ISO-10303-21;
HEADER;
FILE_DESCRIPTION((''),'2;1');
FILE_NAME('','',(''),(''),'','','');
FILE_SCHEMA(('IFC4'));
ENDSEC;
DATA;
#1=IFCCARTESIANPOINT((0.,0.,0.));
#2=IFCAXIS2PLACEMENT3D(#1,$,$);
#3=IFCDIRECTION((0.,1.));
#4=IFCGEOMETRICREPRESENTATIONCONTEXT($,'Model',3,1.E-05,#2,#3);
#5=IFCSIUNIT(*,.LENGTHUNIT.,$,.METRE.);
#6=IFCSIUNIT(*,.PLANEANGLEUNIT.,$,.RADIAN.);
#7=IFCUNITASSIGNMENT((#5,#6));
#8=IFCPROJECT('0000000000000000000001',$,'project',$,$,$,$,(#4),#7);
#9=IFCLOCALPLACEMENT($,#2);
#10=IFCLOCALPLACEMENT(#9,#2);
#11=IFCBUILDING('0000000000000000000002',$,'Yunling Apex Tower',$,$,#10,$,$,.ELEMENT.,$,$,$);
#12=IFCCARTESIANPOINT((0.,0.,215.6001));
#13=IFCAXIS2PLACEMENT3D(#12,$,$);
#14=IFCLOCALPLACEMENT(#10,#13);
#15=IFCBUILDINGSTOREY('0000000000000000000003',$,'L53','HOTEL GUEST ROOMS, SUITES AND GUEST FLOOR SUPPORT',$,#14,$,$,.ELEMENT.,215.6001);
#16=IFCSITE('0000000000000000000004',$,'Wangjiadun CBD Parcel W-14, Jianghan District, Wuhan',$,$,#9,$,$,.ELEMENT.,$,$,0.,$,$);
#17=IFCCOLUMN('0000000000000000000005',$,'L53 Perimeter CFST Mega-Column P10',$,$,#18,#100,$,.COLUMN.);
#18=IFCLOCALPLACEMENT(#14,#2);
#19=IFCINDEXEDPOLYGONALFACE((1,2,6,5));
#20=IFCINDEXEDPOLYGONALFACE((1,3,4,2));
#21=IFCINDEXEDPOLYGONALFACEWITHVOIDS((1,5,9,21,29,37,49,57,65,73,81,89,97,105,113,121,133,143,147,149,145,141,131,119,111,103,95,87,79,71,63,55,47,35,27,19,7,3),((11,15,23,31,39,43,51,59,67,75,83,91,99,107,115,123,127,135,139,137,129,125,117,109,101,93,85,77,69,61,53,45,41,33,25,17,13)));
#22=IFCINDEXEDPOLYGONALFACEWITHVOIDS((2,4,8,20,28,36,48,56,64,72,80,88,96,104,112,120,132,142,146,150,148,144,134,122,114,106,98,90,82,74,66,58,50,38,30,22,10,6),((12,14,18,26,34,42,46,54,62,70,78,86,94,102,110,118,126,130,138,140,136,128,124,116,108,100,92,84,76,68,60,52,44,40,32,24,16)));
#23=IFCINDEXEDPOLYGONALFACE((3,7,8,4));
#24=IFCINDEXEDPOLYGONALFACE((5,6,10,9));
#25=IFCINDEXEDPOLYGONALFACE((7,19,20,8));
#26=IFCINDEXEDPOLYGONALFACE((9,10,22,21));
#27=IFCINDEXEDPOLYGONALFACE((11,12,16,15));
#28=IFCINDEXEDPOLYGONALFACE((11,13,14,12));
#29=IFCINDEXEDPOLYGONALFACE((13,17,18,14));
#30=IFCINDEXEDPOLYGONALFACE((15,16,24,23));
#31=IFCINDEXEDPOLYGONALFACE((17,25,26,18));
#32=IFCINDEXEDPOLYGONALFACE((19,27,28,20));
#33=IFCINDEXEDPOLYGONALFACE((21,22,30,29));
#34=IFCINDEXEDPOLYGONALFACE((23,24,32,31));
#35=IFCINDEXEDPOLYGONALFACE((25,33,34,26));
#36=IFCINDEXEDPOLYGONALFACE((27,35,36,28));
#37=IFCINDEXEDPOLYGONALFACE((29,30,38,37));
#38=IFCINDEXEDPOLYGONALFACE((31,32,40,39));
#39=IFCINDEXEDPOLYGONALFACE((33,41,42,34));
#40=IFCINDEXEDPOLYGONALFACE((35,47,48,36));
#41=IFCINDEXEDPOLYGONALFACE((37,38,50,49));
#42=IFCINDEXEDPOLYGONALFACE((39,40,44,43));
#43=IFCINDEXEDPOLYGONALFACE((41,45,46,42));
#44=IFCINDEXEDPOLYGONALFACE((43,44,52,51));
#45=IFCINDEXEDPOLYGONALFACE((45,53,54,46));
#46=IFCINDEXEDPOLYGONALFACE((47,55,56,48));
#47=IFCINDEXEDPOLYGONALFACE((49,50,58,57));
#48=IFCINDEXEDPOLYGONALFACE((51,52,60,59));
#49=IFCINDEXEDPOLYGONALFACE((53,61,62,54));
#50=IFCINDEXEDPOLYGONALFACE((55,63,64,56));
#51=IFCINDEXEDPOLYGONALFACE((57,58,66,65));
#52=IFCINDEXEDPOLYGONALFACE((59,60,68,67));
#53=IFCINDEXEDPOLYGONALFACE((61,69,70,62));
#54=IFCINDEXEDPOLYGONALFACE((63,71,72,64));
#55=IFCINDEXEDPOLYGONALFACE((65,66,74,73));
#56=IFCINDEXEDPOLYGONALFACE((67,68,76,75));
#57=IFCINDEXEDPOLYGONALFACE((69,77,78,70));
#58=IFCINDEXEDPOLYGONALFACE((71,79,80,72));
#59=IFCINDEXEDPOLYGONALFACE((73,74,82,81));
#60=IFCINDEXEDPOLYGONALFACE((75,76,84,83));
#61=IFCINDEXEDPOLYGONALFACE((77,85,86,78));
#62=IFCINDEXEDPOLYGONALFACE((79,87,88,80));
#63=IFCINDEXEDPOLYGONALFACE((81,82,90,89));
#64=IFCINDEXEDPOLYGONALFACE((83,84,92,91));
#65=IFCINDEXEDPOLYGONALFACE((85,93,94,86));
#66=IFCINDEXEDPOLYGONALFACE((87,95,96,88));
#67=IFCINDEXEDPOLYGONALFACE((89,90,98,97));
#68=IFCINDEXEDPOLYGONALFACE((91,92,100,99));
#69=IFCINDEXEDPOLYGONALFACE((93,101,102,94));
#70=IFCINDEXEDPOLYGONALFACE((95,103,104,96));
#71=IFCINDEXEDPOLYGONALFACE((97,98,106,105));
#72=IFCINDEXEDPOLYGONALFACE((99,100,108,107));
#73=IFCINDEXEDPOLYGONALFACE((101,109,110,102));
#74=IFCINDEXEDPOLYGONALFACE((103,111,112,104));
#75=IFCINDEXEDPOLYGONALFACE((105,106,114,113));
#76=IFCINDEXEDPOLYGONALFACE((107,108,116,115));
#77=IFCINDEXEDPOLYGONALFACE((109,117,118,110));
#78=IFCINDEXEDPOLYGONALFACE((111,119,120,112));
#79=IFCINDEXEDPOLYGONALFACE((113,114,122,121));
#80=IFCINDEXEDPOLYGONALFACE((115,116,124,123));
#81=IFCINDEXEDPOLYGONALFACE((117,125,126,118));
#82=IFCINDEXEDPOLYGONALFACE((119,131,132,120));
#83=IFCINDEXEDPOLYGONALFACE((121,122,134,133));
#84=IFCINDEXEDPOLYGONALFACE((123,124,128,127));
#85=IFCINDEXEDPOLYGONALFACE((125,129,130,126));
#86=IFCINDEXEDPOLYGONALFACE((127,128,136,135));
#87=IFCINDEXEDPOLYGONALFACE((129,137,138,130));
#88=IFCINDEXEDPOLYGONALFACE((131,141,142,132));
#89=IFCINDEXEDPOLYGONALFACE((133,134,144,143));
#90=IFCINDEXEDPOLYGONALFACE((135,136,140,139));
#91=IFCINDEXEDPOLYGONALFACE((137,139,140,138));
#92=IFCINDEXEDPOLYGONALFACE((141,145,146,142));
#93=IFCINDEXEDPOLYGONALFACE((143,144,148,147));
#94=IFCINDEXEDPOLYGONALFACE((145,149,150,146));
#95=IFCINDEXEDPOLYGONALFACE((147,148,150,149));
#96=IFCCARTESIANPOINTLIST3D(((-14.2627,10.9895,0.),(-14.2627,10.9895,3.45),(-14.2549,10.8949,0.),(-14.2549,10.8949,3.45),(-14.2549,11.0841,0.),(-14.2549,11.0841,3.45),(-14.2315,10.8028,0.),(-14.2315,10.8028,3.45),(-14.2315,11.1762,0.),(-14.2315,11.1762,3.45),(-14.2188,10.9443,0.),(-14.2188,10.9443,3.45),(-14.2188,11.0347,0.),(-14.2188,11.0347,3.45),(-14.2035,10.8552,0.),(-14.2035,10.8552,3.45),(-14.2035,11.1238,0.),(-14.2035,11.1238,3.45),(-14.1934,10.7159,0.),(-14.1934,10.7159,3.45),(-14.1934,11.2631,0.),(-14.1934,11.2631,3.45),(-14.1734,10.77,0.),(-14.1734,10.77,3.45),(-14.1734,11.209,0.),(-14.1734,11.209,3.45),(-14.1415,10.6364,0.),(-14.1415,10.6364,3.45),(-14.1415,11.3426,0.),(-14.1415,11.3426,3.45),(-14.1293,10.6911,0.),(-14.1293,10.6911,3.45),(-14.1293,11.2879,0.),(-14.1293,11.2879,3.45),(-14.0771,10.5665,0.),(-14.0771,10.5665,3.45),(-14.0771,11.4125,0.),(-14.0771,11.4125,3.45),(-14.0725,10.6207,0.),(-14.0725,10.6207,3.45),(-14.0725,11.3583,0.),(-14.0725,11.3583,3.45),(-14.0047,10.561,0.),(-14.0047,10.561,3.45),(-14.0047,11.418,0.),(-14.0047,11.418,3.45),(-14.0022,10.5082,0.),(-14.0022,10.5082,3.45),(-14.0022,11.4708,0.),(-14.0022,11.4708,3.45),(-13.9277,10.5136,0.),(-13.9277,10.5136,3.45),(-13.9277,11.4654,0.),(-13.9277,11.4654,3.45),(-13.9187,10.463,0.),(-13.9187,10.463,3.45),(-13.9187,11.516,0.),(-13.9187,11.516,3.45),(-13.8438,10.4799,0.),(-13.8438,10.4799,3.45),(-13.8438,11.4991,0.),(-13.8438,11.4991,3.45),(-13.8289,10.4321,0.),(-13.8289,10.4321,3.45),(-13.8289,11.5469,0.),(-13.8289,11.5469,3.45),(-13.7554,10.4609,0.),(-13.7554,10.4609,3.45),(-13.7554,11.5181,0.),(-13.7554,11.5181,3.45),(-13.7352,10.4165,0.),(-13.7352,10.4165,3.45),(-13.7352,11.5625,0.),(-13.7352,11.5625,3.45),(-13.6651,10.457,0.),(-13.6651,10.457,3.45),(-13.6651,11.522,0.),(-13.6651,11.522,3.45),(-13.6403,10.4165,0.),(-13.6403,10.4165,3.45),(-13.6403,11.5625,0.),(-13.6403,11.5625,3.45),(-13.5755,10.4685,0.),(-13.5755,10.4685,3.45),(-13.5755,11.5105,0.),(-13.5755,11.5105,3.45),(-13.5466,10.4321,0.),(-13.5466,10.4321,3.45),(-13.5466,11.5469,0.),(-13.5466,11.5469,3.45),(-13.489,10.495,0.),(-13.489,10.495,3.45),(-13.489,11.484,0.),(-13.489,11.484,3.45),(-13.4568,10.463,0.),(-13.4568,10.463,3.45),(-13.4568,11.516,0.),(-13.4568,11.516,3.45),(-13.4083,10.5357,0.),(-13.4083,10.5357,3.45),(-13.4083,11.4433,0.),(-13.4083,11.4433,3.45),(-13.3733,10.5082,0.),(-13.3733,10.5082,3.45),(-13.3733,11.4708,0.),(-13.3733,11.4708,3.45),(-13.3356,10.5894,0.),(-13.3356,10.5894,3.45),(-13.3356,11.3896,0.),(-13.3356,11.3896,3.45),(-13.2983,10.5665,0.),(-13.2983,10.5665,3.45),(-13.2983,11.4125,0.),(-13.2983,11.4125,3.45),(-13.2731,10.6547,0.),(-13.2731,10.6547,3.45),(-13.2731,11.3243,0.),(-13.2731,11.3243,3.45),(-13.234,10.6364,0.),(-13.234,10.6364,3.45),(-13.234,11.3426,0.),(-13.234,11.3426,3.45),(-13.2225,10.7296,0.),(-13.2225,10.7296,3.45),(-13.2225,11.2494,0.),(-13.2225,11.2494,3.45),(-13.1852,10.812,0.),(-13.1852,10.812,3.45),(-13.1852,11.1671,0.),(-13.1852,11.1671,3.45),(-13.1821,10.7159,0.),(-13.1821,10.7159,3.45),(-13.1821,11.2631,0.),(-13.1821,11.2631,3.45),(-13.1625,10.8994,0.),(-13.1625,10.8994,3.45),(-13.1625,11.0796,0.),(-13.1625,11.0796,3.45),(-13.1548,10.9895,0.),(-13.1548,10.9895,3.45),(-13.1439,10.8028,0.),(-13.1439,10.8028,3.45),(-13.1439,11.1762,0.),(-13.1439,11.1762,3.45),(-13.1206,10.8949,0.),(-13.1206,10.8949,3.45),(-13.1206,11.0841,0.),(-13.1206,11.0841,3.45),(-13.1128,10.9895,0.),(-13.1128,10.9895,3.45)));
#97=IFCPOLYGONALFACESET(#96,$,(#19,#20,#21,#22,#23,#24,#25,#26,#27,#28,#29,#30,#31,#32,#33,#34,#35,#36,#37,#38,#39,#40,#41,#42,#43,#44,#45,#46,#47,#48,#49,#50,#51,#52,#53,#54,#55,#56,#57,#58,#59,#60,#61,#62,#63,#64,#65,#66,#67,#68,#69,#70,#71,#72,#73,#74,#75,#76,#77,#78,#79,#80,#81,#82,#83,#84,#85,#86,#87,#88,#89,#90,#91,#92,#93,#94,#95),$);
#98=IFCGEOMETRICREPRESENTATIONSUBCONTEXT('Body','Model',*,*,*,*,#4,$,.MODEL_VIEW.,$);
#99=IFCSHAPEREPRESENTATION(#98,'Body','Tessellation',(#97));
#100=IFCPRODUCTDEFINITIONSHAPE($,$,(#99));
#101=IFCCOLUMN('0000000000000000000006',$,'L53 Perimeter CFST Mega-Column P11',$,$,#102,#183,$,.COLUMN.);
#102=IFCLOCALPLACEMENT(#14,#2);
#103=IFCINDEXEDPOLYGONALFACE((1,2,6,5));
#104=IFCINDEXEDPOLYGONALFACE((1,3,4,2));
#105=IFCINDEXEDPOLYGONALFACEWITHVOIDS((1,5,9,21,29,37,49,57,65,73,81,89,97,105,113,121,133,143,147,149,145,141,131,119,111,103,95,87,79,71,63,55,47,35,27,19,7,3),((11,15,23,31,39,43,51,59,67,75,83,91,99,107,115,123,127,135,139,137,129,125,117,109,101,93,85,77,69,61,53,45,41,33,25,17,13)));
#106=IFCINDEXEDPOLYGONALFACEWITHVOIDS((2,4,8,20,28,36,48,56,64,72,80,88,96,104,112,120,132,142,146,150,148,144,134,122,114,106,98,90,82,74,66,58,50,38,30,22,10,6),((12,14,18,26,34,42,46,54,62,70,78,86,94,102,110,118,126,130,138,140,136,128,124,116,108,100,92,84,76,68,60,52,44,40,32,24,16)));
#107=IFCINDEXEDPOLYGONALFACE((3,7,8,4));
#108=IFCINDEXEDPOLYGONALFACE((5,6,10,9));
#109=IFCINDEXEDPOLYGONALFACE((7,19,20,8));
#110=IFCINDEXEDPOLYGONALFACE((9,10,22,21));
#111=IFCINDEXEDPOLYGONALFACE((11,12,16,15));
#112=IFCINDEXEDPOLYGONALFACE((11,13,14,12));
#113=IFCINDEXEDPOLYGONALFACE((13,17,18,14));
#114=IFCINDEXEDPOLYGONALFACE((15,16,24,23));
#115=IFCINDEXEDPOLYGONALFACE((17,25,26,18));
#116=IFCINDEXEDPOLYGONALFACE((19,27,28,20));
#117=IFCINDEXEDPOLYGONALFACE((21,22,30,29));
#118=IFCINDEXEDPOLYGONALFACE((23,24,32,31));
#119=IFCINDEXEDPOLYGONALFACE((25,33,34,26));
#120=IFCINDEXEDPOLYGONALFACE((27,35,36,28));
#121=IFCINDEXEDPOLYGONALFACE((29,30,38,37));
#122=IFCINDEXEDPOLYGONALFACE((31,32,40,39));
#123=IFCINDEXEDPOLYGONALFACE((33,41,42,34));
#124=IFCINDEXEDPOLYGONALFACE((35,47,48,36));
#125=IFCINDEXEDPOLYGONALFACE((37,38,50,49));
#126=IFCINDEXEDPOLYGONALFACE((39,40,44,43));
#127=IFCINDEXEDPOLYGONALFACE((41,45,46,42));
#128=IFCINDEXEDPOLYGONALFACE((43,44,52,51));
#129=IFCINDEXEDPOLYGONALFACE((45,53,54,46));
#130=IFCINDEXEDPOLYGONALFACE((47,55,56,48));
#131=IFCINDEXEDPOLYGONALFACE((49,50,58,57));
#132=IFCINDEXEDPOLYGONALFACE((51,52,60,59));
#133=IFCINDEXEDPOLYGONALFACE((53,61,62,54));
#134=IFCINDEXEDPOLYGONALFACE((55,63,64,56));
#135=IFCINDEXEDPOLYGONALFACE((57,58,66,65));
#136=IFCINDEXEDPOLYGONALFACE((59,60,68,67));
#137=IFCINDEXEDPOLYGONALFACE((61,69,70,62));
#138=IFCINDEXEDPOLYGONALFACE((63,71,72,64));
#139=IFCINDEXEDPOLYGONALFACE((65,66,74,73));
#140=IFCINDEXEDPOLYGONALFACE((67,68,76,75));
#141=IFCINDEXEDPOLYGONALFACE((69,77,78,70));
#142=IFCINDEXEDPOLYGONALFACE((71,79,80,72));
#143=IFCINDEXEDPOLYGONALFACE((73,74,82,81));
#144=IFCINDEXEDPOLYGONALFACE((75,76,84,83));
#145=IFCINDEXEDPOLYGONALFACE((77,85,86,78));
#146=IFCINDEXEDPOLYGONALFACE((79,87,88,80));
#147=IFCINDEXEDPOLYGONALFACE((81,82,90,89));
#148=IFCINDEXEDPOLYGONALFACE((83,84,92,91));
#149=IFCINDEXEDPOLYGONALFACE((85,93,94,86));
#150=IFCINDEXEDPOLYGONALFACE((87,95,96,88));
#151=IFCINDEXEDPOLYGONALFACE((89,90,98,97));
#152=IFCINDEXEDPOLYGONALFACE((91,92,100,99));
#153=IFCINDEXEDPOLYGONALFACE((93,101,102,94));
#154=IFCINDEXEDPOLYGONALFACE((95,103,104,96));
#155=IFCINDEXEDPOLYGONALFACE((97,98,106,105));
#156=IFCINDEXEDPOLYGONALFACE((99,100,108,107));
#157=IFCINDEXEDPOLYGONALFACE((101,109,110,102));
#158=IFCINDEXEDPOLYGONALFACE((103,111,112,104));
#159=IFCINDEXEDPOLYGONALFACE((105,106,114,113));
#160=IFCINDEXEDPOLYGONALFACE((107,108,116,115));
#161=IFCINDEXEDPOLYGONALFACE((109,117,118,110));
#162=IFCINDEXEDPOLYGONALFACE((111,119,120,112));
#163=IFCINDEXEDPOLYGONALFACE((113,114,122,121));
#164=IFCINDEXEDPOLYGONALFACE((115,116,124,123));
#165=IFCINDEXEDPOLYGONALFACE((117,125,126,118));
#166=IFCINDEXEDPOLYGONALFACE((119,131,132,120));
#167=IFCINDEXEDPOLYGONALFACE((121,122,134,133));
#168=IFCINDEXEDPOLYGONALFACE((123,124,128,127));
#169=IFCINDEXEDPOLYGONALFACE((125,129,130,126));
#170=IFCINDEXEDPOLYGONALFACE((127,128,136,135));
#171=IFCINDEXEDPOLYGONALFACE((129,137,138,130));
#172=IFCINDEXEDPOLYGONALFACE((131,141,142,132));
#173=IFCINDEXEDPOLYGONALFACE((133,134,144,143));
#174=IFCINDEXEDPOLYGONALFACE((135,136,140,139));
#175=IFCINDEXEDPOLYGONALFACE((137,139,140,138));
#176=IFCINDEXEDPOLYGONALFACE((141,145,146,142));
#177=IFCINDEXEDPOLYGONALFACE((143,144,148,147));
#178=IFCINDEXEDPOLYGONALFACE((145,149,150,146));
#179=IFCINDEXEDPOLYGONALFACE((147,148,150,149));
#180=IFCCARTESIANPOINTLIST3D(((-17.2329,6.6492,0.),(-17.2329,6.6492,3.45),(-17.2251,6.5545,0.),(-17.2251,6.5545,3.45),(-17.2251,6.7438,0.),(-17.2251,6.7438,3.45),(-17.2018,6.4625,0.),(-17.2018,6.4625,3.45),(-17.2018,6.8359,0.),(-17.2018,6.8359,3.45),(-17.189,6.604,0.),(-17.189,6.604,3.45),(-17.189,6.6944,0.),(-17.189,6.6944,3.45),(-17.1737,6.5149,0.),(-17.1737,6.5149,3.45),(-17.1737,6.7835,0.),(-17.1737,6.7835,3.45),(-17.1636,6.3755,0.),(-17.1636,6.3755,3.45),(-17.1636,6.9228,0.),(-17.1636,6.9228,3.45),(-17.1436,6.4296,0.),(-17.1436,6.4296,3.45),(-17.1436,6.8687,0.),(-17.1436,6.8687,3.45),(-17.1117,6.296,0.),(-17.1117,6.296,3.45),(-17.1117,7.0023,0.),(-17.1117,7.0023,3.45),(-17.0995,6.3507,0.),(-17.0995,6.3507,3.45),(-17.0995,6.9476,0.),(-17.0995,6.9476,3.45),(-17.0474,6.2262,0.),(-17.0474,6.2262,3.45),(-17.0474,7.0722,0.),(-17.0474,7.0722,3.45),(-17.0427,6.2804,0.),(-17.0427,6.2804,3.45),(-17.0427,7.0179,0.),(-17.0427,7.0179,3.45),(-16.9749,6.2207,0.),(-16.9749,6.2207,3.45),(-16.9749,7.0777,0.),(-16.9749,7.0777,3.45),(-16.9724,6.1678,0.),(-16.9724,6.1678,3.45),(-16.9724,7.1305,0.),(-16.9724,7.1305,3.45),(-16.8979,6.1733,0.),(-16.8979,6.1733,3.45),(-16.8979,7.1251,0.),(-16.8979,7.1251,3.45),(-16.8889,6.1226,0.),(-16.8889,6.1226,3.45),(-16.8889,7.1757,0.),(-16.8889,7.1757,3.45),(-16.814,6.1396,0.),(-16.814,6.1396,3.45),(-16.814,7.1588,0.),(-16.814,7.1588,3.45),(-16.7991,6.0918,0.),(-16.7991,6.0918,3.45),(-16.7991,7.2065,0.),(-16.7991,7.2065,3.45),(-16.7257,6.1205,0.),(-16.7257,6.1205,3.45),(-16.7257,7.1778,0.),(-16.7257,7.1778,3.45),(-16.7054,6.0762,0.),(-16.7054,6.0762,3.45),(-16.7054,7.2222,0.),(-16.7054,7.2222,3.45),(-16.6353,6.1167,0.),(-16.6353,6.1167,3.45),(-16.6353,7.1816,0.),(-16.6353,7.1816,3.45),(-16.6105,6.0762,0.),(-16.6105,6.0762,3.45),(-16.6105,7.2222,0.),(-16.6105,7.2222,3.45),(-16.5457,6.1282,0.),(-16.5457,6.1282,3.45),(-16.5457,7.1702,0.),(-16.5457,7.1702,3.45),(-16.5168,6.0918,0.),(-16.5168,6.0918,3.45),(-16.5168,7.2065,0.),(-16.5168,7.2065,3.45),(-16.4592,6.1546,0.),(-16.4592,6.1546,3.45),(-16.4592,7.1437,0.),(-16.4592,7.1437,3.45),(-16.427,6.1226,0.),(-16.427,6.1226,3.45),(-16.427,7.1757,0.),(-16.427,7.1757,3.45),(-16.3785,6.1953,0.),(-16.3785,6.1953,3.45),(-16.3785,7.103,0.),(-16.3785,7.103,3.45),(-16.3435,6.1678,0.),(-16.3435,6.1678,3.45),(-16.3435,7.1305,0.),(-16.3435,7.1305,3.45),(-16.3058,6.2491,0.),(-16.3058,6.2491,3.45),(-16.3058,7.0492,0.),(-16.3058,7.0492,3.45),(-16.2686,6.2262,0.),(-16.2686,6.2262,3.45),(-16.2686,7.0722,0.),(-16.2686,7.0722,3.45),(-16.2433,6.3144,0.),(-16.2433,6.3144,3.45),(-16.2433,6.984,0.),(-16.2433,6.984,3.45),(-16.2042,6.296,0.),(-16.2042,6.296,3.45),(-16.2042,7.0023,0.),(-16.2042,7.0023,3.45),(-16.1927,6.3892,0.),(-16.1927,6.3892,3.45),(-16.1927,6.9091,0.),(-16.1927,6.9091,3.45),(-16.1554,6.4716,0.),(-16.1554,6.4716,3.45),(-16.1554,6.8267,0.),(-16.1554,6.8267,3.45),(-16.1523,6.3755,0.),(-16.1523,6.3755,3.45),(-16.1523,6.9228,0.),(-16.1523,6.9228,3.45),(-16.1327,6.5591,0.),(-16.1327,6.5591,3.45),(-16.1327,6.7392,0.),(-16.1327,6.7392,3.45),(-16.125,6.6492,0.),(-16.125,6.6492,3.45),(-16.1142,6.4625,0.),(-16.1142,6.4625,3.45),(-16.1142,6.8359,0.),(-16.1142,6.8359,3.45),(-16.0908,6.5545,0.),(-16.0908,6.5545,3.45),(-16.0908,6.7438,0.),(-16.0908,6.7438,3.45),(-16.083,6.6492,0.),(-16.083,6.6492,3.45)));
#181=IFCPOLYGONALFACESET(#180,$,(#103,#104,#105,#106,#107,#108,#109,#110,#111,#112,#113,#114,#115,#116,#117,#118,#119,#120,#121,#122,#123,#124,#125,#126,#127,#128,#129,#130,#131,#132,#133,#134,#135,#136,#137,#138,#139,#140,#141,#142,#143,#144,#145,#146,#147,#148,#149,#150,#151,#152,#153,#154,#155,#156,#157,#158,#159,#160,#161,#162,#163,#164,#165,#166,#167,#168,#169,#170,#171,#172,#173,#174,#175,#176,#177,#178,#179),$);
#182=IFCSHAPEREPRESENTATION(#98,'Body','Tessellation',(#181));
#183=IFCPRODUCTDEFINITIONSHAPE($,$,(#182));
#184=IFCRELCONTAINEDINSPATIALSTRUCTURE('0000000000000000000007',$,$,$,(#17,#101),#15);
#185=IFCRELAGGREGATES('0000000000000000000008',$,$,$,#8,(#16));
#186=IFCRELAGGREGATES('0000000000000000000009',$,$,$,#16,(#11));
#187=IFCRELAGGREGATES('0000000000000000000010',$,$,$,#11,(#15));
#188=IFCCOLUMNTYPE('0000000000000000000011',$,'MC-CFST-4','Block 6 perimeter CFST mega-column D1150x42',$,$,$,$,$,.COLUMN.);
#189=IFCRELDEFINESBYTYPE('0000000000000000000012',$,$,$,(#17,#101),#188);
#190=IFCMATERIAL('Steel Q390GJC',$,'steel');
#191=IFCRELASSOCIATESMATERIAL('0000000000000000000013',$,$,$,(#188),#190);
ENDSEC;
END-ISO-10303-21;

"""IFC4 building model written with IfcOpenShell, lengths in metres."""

from ifc_helpers import new_model, si_unit, direction, frame, origin, origin_2d, place, context, subcontext, project, spatial, hollow_circle, extrude, source, transform, mapped, material, material_profile, profile_set, type_object, element, save


model = new_model("IFC4")

# Units and contexts
model_context = context("Model", 3, precision=1e-05, world=origin(), true_north=direction((0.0, 1.0)))
body_context = subcontext(model_context, "Body", "Model", "MODEL_VIEW")
ifc_project = project(units=[si_unit("LENGTHUNIT", "METRE"), si_unit("PLANEANGLEUNIT", "RADIAN")], contexts=[model_context])

# Site, building, storey
site_placement = place(None, origin())
site = spatial("IfcSite", under=ifc_project, at=site_placement, Name="Wangjiadun CBD Parcel W-14, Jianghan District, Wuhan", CompositionType="ELEMENT", RefElevation=0.0)
building_placement = place(site_placement, origin())
building = spatial("IfcBuilding", under=site, at=building_placement, Name="Yunling Apex Tower", CompositionType="ELEMENT")
storey_placement = place(building_placement, frame((0.0, 0.0, 215.6001)))
storey = spatial("IfcBuildingStorey", under=building, at=storey_placement, Name="L53", Description="HOTEL GUEST ROOMS, SUITES AND GUEST FLOOR SUPPORT", CompositionType="ELEMENT", Elevation=215.6001)

# Columns
ifc_material_1 = material(Name="Steel Q390GJC", Category="steel")
ifc_material_profile_1 = material_profile(ifc_material_1, hollow_circle(Radius=0.575, WallThickness=0.042, at=origin_2d()))
ifc_profile_set_1 = profile_set([ifc_material_profile_1], Name="Steel Q390GJC")
column_type = type_object("IfcColumnType", Name="MC-CFST-4", Description="Block 6 perimeter CFST mega-column D1150x42", PredefinedType="COLUMN", material=ifc_profile_set_1)
shared_shape_1 = source(origin(), body_context, "Body", "SweptSolid", [
    extrude(hollow_circle(Radius=0.575, WallThickness=0.042, at=origin_2d()), origin(), (0.0, 0.0, 1.0), 3.45),
])
for number, where, z_axis, x_axis, name in (
    (1, (-13.6877, 10.9895, 0.0), (0.0, 0.0, 1.0), (1.0, 0.0, 0.0), "L53 Perimeter CFST Mega-Column P10"),
    (2, (-16.658, 6.6492, 0.0), (0.0, 0.0, 1.0), (1.0, 0.0, 0.0), "L53 Perimeter CFST Mega-Column P11"),
):
    element("IfcColumn", number, at=place(storey_placement, frame(where, z_axis=z_axis, x_axis=x_axis)), inside=storey, type_object=column_type, Name=name, PredefinedType="COLUMN", context=body_context, shape_type="MappedRepresentation", body=[
        mapped(shared_shape_1, transform((0.0, 0.0, 0.0), scale=1.0)),
    ])

save(model, "model.ifc")
